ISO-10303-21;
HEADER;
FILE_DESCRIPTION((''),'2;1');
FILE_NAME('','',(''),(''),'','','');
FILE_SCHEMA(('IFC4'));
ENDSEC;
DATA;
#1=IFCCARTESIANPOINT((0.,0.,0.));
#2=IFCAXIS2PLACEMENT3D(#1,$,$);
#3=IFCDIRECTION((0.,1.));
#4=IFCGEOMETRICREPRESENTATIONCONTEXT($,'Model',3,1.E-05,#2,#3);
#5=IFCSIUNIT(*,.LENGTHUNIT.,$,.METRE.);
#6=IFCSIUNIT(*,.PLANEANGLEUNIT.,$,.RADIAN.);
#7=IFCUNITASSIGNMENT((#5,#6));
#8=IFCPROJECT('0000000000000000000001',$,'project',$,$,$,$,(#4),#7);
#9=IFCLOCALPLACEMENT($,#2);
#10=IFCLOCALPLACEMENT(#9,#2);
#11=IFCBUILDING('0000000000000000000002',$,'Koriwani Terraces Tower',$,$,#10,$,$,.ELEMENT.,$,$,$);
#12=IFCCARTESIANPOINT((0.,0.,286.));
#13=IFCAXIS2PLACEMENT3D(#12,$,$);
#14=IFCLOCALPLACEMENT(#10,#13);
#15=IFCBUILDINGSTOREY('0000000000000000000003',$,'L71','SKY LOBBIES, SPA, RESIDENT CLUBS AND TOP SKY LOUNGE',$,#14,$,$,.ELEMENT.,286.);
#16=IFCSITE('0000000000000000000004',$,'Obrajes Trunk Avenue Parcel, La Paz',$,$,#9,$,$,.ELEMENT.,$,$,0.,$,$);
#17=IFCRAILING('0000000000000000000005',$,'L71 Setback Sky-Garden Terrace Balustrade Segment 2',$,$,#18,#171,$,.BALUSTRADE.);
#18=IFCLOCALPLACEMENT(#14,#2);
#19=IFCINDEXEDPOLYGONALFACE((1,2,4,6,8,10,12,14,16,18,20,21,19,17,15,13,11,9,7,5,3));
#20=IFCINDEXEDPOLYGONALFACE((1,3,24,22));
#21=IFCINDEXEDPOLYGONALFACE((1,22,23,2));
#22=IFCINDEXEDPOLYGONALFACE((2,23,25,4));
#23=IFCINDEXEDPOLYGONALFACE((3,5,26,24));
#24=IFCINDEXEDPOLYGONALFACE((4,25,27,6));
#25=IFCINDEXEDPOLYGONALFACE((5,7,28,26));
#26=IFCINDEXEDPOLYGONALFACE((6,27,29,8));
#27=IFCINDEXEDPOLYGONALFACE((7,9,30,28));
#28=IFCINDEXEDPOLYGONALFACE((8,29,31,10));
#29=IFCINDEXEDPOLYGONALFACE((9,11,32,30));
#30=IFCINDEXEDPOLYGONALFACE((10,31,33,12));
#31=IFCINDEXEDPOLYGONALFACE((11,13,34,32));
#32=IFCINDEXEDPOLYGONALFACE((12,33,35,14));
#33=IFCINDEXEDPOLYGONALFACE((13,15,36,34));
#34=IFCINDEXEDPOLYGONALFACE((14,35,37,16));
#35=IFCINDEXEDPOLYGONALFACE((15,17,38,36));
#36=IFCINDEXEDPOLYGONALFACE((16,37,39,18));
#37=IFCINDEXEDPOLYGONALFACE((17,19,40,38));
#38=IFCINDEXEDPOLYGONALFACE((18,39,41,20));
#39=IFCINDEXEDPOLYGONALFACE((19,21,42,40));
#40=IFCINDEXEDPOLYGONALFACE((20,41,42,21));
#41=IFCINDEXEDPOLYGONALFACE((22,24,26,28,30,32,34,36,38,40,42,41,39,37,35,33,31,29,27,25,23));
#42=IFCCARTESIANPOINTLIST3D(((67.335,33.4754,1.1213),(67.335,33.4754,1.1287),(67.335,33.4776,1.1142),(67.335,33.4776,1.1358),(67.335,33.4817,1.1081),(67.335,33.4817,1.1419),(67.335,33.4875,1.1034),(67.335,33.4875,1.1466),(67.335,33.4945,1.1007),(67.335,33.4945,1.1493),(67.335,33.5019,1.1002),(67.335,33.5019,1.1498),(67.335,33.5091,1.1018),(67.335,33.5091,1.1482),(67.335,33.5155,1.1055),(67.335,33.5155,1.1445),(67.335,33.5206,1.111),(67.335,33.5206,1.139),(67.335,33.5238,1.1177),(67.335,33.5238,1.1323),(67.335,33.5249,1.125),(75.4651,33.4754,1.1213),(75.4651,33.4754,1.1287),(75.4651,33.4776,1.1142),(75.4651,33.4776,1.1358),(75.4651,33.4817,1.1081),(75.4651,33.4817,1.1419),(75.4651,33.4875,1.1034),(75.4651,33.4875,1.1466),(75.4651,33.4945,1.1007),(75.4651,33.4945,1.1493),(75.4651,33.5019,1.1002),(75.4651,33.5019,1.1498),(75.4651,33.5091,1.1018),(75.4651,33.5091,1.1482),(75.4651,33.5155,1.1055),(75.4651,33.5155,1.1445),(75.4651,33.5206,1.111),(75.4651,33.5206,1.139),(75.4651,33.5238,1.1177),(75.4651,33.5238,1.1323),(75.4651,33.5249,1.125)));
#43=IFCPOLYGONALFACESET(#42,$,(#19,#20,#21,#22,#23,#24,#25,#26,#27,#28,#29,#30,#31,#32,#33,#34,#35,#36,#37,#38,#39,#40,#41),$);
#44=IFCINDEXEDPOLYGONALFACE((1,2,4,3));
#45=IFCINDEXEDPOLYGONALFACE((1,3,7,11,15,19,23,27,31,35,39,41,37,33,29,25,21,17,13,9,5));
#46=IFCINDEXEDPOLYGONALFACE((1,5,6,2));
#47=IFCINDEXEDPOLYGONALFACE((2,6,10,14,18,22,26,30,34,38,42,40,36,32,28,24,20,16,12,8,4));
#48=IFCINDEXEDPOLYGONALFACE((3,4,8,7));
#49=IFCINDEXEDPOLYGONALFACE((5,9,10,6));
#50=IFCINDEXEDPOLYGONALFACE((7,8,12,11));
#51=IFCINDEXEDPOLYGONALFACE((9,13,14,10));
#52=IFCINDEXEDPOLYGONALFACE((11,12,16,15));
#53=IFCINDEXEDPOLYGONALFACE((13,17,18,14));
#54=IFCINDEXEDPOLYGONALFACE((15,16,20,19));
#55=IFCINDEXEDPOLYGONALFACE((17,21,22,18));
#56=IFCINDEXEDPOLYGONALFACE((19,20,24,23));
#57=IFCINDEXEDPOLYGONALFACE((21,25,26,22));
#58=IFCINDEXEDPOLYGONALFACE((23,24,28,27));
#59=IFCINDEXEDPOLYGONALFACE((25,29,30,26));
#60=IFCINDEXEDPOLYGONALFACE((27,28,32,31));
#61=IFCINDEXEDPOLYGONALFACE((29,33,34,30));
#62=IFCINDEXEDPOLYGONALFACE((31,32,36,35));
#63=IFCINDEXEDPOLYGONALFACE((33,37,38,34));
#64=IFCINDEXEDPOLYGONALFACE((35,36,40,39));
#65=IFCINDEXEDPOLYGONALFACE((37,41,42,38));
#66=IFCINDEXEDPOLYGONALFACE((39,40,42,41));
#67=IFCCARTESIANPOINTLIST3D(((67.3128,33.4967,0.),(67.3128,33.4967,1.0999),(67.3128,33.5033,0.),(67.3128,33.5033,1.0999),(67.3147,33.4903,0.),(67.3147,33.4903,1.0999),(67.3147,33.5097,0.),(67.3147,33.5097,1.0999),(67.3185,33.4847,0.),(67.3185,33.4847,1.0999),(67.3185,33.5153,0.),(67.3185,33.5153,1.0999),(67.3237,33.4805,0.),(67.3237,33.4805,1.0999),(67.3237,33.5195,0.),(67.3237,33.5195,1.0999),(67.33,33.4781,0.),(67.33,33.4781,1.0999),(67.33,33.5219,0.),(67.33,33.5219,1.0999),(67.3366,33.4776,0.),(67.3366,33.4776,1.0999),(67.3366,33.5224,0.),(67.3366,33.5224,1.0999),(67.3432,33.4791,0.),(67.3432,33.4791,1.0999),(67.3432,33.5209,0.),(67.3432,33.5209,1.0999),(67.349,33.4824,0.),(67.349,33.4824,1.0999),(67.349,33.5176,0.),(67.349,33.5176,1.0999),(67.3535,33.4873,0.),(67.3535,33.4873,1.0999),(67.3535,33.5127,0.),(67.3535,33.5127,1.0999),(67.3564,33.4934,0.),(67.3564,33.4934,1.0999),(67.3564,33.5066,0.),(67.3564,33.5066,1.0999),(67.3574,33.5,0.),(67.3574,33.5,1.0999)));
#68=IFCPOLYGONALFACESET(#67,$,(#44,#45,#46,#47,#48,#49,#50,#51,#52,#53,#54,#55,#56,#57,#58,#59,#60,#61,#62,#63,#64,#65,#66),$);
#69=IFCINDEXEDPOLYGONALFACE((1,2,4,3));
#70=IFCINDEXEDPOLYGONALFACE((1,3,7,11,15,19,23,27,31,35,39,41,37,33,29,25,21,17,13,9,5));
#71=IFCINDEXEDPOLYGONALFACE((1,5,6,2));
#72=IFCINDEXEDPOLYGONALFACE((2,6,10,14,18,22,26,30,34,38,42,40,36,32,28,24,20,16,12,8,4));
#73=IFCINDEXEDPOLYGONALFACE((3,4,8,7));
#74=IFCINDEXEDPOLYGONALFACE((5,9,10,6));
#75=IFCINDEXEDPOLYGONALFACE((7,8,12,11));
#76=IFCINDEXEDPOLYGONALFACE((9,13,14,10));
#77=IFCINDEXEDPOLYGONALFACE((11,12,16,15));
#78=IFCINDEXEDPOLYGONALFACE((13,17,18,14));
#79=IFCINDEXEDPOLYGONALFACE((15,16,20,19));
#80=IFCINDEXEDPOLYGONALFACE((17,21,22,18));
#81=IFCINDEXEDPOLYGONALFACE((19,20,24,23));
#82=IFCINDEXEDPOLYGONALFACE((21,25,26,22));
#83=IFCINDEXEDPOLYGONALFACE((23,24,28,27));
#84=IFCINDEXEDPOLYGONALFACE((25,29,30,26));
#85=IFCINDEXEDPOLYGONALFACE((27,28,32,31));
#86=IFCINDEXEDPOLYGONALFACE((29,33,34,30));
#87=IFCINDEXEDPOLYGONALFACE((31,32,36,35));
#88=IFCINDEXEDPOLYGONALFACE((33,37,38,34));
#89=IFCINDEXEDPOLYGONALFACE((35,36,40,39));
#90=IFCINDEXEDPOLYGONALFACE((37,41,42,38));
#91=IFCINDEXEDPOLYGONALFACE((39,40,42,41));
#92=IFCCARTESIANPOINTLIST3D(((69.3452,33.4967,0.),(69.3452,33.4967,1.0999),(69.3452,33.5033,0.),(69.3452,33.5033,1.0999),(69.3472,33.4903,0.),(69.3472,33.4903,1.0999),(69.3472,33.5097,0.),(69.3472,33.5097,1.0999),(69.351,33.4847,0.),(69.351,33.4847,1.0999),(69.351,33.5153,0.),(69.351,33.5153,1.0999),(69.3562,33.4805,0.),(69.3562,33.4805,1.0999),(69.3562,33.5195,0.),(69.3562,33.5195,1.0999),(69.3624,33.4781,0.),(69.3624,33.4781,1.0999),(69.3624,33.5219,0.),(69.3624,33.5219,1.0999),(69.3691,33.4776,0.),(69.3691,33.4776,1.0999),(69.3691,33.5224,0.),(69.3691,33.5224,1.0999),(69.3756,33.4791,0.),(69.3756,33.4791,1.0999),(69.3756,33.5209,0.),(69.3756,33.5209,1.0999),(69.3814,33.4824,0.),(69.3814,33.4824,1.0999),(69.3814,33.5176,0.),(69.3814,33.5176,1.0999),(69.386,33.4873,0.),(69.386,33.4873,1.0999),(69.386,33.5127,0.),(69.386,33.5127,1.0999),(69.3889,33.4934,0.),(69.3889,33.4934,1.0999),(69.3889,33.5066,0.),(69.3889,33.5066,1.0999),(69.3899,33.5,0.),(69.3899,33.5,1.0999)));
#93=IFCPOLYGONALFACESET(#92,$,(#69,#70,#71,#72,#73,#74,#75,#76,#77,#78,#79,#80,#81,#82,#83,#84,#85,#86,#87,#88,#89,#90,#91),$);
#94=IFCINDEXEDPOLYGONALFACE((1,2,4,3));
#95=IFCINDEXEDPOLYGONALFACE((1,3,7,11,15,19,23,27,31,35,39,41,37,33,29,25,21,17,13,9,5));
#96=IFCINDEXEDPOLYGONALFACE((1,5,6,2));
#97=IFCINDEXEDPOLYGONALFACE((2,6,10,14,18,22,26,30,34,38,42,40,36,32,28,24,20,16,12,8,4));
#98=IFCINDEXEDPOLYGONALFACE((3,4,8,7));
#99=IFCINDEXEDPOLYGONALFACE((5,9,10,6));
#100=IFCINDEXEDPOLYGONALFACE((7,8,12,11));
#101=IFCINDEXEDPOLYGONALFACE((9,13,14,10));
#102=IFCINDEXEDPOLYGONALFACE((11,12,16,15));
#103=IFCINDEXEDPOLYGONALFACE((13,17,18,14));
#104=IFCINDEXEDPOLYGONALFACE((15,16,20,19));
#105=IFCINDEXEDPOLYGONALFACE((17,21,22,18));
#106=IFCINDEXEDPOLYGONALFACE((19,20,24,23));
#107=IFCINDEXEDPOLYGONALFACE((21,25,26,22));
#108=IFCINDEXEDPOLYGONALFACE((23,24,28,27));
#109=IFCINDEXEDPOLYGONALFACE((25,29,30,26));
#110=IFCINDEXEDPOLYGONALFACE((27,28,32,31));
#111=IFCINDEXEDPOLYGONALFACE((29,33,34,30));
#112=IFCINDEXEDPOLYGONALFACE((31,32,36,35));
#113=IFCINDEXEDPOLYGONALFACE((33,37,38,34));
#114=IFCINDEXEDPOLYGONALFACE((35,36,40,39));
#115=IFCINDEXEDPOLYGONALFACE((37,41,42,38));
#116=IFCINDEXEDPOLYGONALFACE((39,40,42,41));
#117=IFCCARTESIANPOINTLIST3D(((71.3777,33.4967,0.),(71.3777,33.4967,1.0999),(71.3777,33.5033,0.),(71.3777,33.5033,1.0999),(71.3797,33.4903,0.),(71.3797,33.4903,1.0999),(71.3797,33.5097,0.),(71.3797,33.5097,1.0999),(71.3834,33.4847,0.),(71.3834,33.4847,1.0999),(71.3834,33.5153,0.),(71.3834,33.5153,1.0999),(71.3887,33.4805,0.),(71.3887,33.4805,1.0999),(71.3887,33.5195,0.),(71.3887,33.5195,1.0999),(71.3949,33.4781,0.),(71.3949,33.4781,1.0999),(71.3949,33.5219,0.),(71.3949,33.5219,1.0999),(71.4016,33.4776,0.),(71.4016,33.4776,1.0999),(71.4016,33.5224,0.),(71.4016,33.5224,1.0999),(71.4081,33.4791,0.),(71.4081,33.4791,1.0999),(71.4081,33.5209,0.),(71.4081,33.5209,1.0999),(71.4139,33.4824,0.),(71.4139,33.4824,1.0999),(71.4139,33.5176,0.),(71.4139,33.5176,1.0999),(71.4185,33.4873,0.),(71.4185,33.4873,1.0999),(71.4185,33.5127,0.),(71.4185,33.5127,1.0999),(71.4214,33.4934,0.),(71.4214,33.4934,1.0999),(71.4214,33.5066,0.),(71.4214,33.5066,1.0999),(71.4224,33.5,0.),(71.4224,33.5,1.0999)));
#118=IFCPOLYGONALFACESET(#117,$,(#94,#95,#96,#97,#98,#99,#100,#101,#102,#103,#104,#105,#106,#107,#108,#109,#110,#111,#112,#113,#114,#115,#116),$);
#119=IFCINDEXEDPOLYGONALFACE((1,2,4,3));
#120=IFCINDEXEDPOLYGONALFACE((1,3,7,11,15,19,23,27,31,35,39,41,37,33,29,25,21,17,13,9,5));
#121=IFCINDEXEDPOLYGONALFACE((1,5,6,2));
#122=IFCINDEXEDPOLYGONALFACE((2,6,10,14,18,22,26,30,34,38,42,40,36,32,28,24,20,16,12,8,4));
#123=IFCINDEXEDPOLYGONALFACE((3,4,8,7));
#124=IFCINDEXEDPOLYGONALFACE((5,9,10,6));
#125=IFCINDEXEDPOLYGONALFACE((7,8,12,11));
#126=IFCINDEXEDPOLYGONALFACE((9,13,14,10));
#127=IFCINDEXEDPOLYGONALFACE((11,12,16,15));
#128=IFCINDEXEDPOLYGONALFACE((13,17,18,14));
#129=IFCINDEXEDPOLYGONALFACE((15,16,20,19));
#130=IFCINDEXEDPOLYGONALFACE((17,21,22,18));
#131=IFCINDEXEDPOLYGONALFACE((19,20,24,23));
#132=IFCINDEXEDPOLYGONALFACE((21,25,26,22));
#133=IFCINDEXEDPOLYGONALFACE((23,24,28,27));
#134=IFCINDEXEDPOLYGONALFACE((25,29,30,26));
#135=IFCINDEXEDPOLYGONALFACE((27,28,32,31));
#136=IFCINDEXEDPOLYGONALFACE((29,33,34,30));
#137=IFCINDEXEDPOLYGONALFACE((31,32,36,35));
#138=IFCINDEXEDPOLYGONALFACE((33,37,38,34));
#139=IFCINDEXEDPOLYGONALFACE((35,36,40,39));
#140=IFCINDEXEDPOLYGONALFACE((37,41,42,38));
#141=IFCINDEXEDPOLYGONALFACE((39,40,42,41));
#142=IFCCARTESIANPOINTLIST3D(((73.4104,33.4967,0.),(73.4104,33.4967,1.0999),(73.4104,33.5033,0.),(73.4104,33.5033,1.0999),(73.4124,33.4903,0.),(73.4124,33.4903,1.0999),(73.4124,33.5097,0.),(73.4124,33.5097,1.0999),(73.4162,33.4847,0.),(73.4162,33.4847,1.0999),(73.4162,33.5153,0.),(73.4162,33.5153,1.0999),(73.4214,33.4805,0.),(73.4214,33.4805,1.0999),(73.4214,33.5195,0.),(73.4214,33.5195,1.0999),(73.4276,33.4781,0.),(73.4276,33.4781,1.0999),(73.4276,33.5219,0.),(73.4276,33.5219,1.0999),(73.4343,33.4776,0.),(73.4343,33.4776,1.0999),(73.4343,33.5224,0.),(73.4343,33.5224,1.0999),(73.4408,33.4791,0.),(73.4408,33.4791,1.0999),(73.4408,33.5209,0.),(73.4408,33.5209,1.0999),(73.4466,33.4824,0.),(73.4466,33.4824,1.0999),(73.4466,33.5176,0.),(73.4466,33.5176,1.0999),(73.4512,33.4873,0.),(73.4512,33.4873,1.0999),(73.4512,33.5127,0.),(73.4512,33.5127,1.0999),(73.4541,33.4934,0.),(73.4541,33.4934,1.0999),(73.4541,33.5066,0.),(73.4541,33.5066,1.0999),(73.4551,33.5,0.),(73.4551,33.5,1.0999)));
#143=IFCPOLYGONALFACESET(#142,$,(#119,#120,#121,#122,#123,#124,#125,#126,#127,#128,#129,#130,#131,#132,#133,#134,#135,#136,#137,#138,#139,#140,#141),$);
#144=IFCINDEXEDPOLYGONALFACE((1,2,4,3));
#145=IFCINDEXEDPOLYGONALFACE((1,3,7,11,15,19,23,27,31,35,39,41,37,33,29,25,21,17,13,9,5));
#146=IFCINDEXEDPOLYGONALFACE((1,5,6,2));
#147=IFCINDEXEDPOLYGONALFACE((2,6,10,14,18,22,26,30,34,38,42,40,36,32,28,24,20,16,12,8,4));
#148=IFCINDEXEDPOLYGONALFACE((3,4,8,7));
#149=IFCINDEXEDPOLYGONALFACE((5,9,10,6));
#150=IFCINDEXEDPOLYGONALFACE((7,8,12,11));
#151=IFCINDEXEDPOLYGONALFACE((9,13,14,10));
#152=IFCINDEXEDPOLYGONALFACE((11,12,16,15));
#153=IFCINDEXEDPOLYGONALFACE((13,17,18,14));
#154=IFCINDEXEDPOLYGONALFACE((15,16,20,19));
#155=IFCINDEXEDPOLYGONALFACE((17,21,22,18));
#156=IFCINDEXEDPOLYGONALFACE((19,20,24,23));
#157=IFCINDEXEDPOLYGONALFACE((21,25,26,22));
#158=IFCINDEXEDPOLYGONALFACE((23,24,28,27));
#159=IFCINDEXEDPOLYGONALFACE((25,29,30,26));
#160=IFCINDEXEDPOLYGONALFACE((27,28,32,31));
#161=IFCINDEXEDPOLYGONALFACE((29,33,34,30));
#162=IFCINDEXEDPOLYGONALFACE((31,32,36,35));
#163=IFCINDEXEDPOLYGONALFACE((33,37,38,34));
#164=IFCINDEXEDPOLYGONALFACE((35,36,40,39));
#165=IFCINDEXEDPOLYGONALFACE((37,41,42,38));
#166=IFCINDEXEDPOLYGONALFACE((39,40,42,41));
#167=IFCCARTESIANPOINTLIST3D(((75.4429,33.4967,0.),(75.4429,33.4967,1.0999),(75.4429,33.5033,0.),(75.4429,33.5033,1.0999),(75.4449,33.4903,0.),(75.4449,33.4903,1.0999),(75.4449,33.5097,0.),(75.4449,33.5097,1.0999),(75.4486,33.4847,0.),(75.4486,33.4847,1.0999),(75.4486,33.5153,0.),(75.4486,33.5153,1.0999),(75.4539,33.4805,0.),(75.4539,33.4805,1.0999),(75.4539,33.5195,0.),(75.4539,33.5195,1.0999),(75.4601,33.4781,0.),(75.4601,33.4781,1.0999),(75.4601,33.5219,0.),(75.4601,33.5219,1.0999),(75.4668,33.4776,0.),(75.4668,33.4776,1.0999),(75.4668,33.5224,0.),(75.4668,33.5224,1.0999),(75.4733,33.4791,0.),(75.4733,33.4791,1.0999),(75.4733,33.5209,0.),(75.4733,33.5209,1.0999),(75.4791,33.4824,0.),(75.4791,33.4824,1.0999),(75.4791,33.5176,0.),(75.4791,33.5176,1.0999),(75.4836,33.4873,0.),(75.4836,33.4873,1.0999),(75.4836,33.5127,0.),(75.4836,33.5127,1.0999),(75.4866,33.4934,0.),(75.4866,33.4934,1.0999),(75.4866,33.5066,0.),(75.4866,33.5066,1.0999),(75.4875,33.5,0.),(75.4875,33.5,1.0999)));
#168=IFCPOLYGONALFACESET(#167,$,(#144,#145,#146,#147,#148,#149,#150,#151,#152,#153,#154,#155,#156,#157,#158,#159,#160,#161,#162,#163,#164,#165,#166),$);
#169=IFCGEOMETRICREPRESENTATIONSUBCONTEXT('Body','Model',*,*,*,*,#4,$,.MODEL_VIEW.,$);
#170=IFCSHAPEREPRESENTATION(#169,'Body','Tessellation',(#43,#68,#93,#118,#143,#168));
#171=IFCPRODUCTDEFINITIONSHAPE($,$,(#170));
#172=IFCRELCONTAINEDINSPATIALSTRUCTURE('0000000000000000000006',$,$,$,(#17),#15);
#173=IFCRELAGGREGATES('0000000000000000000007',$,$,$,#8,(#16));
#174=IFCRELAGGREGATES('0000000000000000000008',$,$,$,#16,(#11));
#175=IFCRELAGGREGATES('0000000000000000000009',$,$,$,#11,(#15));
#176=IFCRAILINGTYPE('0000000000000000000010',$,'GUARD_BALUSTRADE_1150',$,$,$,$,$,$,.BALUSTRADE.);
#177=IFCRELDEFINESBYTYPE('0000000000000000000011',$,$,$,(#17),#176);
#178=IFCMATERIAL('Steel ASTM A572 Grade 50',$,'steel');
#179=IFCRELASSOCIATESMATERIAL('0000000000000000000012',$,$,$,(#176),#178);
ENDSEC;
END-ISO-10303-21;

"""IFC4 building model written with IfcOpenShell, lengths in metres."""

from ifc_helpers import new_model, si_unit, direction, frame, origin, origin_2d, place, context, subcontext, project, spatial, circle, extrude, material, type_object, element, save


model = new_model("IFC4")

# Units and contexts
model_context = context("Model", 3, precision=1e-05, world=origin(), true_north=direction((0.0, 1.0)))
body_context = subcontext(model_context, "Body", "Model", "MODEL_VIEW")
ifc_project = project(units=[si_unit("LENGTHUNIT", "METRE"), si_unit("PLANEANGLEUNIT", "RADIAN")], contexts=[model_context])

# Site, building, storey
site_placement = place(None, origin())
site = spatial("IfcSite", under=ifc_project, at=site_placement, Name="Obrajes Trunk Avenue Parcel, La Paz", CompositionType="ELEMENT", RefElevation=0.0)
building_placement = place(site_placement, origin())
building = spatial("IfcBuilding", under=site, at=building_placement, Name="Koriwani Terraces Tower", CompositionType="ELEMENT")
storey_placement = place(building_placement, frame((0.0, 0.0, 286.0)))
storey = spatial("IfcBuildingStorey", under=building, at=storey_placement, Name="L71", Description="SKY LOBBIES, SPA, RESIDENT CLUBS AND TOP SKY LOUNGE", CompositionType="ELEMENT", Elevation=286.0)

# Shared definitions
ifc_material_1 = material(Name="Steel ASTM A572 Grade 50", Category="steel")

# Railing
railing_type_1 = type_object("IfcRailingType", Name="GUARD_BALUSTRADE_1150", PredefinedType="BALUSTRADE", material=ifc_material_1)
railing_1_placement = place(storey_placement, frame((67.335, 33.5, 0.0)))
element("IfcRailing", 1, at=railing_1_placement, inside=storey, type_object=railing_type_1, Name="L71 Setback Sky-Garden Terrace Balustrade Segment 2", PredefinedType="BALUSTRADE", context=body_context, shape_type="SweptSolid", body=[
    extrude(circle(Radius=0.0249, at=origin_2d()), frame((0.0, 0.0, 1.125), z_axis=(1.0, 0.0, 0.0), x_axis=(0.0, 1.0, 0.0)), (0.0, 0.0, 1.0), 8.1301),
    extrude(circle(Radius=0.0225, at=origin_2d()), origin(), (0.0, 0.0, 1.0), 1.0999),
    extrude(circle(Radius=0.0225, at=origin_2d()), frame((2.0325, 0.0, 0.0)), (0.0, 0.0, 1.0), 1.0999),
    extrude(circle(Radius=0.0225, at=origin_2d()), frame((4.0649, 0.0, 0.0)), (0.0, 0.0, 1.0), 1.0999),
    extrude(circle(Radius=0.0225, at=origin_2d()), frame((6.0977, 0.0, 0.0)), (0.0, 0.0, 1.0), 1.0999),
    extrude(circle(Radius=0.0225, at=origin_2d()), frame((8.1301, 0.0, 0.0)), (0.0, 0.0, 1.0), 1.0999),
])

save(model, "model.ifc")
